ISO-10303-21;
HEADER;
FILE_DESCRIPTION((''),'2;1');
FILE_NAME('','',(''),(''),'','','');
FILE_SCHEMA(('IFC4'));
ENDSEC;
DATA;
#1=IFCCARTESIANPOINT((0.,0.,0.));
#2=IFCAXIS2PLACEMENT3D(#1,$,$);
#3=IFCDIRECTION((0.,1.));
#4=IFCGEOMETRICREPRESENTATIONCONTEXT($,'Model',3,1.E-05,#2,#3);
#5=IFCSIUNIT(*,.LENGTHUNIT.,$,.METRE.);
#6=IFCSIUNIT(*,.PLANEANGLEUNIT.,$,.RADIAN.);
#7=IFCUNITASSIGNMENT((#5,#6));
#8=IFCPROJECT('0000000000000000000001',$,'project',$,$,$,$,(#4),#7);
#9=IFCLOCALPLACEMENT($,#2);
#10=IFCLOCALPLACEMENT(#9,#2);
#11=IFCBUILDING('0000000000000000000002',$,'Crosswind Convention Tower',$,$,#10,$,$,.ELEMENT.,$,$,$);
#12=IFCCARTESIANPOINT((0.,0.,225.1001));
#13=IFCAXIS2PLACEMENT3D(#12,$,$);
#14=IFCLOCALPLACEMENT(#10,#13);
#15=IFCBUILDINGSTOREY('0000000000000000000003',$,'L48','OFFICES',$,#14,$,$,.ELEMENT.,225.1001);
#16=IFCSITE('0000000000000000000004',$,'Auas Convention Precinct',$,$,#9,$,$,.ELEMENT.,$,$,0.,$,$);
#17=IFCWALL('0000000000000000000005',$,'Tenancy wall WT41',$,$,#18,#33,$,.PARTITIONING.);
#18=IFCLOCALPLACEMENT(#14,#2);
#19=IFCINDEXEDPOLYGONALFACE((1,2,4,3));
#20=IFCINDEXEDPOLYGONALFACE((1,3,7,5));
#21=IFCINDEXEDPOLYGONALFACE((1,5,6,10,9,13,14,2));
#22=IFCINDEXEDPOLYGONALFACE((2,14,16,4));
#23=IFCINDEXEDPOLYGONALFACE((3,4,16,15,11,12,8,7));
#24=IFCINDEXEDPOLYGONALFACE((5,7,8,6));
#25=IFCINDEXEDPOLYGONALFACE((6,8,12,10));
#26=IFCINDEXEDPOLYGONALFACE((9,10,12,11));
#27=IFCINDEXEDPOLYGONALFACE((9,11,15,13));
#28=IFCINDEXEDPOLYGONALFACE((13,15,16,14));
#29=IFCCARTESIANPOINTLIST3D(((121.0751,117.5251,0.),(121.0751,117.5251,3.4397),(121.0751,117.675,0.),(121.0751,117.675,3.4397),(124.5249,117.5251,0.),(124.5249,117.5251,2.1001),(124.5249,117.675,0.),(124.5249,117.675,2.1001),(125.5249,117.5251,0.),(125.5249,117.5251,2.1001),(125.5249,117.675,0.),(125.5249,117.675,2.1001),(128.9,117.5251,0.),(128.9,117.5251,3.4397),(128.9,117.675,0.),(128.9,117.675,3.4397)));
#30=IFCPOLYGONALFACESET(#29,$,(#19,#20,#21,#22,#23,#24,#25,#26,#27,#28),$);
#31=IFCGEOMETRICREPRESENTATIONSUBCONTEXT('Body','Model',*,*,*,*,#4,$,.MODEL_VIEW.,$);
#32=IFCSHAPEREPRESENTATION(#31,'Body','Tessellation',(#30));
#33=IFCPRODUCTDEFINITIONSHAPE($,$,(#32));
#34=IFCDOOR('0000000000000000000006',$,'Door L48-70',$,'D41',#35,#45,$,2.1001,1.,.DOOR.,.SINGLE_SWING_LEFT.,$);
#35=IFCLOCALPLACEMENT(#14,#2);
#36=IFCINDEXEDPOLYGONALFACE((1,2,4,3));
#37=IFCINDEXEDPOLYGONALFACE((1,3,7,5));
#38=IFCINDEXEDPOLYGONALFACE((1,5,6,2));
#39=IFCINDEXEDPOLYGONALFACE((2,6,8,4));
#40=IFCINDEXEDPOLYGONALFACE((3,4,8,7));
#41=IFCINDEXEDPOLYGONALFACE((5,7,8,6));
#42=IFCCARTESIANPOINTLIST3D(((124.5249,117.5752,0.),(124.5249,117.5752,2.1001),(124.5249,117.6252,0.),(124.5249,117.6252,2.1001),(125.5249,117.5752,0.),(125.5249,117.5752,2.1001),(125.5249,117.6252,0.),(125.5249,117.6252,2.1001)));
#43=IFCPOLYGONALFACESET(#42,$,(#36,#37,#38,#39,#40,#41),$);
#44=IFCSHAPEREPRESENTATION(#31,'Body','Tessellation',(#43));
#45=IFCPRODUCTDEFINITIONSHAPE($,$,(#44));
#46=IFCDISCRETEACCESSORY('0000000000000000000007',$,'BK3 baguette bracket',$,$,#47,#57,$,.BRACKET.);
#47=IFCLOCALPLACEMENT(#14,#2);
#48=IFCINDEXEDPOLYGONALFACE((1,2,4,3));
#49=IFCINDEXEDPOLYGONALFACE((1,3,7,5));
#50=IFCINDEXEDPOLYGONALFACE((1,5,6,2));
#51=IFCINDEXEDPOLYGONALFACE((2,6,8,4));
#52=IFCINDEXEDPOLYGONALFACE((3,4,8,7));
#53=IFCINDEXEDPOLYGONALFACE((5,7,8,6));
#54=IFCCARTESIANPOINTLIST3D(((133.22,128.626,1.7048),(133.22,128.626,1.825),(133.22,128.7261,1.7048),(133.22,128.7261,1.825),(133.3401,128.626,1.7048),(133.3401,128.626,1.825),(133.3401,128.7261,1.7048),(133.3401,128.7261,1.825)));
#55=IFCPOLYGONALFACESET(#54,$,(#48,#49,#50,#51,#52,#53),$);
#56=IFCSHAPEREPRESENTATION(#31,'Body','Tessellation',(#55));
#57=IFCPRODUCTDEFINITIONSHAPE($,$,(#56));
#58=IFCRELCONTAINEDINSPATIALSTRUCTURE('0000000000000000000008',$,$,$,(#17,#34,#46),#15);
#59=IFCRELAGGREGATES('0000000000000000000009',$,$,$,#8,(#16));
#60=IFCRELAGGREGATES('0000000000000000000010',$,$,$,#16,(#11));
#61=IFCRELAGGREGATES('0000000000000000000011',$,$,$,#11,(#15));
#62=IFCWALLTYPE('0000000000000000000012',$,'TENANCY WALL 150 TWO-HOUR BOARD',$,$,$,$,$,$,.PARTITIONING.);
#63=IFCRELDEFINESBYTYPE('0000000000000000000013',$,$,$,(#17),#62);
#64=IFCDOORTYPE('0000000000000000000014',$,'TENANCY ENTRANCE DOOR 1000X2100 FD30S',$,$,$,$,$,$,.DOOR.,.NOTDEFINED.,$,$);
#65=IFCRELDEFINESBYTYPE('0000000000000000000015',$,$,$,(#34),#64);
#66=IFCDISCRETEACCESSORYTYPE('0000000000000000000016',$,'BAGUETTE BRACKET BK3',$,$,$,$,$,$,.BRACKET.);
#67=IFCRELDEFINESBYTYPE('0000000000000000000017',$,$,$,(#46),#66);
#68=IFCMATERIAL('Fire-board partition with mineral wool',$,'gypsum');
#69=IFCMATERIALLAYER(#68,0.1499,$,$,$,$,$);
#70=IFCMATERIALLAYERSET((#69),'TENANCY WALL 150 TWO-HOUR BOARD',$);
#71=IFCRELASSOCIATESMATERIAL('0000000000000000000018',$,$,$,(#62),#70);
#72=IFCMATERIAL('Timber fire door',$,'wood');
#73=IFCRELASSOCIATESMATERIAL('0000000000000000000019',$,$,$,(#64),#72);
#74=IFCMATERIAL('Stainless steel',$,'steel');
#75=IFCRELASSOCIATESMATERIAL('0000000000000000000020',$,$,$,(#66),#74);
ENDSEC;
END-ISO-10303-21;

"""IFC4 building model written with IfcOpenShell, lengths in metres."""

from ifc_helpers import new_model, si_unit, direction, frame, frame_2d, origin, origin_2d, place, context, subcontext, project, spatial, rectangle, extrude, material, layer, layer_set, type_object, element, fill, save


model = new_model("IFC4")

# Units and contexts
model_context = context("Model", 3, precision=1e-05, world=origin(), true_north=direction((0.0, 1.0)))
body_context = subcontext(model_context, "Body", "Model", "MODEL_VIEW")
ifc_project = project(units=[si_unit("LENGTHUNIT", "METRE"), si_unit("PLANEANGLEUNIT", "RADIAN")], contexts=[model_context])

# Site, building, storey
site_placement = place(None, origin())
site = spatial("IfcSite", under=ifc_project, at=site_placement, Name="Auas Convention Precinct", CompositionType="ELEMENT", RefElevation=0.0)
building_placement = place(site_placement, origin())
building = spatial("IfcBuilding", under=site, at=building_placement, Name="Crosswind Convention Tower", CompositionType="ELEMENT")
storey_placement = place(building_placement, frame((0.0, 0.0, 225.1001)))
storey = spatial("IfcBuildingStorey", under=building, at=storey_placement, Name="L48", Description="OFFICES", CompositionType="ELEMENT", Elevation=225.1001)

# Wall, opening, door
ifc_material_1 = material(Name="Fire-board partition with mineral wool", Category="gypsum")
ifc_layer_1 = layer(ifc_material_1, 0.1499)
ifc_layer_set_1 = layer_set([ifc_layer_1], Name="TENANCY WALL 150 TWO-HOUR BOARD")
wall_type_1 = type_object("IfcWallType", Name="TENANCY WALL 150 TWO-HOUR BOARD", PredefinedType="PARTITIONING", material=ifc_layer_set_1)
wall_1_placement = place(storey_placement, frame((121.075, 117.6001, 0.0), z_axis=(0.0, 0.0, 1.0), x_axis=(1.0, 0.0, 0.0)))
wall_1 = element("IfcWall", 1, at=wall_1_placement, inside=storey, type_object=wall_type_1, Name="Tenancy wall WT41", PredefinedType="PARTITIONING", context=body_context, shape_type="SweptSolid", body=[
    extrude(rectangle(XDim=7.825, YDim=0.1499, at=frame_2d((3.9126, 0.0))), origin(), (0.0, 0.0, 1.0), 3.4397),
])
opening_placement = place(wall_1_placement, frame((3.45, 0.0, 0.0)))
opening = element("IfcOpeningElement", 2, at=opening_placement, cuts=wall_1, PredefinedType="OPENING", context=body_context, shape_type="SweptSolid", body=[
    extrude(rectangle(XDim=1.0, YDim=2.1001, at=frame_2d((0.5, 1.05))), frame((0.0, 0.085, 0.0), z_axis=(0.0, -1.0, 0.0), x_axis=(1.0, 0.0, 0.0)), (0.0, 0.0, 1.0), 0.1699),
])
ifc_material_2 = material(Name="Timber fire door", Category="wood")
door_type = type_object("IfcDoorType", Name="TENANCY ENTRANCE DOOR 1000X2100 FD30S", OperationType="NOTDEFINED", PredefinedType="DOOR", material=ifc_material_2)
door_placement = place(opening_placement, frame((1.0, 0.0, 0.0), z_axis=(0.0, 0.0, 1.0), x_axis=(-1.0, 0.0, 0.0)))
door = element("IfcDoor", 3, at=door_placement, inside=storey, type_object=door_type, Name="Door L48-70", ObjectType="D41", OperationType="SINGLE_SWING_LEFT", OverallHeight=2.1001, OverallWidth=1.0, PredefinedType="DOOR", context=body_context, shape_type="SweptSolid", body=[
    extrude(rectangle(XDim=1.0, YDim=2.1001, at=frame_2d((0.5, 1.05))), frame((0.0, 0.0249, 0.0), z_axis=(0.0, -1.0, 0.0), x_axis=(1.0, 0.0, 0.0)), (0.0, 0.0, 1.0), 0.05),
])
fill(opening, door)

# Discrete accessory
ifc_material_3 = material(Name="Stainless steel", Category="steel")
discrete_accessory_type = type_object("IfcDiscreteAccessoryType", Name="BAGUETTE BRACKET BK3", PredefinedType="BRACKET", material=ifc_material_3)
discrete_accessory_placement = place(storey_placement, frame((133.28, 128.676, 1.7048), z_axis=(0.0, 0.0, 1.0), x_axis=(-1.0, 0.0, 0.0)))
element("IfcDiscreteAccessory", 4, at=discrete_accessory_placement, inside=storey, type_object=discrete_accessory_type, Name="BK3 baguette bracket", PredefinedType="BRACKET", context=body_context, shape_type="SweptSolid", body=[
    extrude(rectangle(XDim=0.1201, YDim=0.1001, at=origin_2d()), origin(), (0.0, 0.0, 1.0), 0.1201),
])

save(model, "model.ifc")
